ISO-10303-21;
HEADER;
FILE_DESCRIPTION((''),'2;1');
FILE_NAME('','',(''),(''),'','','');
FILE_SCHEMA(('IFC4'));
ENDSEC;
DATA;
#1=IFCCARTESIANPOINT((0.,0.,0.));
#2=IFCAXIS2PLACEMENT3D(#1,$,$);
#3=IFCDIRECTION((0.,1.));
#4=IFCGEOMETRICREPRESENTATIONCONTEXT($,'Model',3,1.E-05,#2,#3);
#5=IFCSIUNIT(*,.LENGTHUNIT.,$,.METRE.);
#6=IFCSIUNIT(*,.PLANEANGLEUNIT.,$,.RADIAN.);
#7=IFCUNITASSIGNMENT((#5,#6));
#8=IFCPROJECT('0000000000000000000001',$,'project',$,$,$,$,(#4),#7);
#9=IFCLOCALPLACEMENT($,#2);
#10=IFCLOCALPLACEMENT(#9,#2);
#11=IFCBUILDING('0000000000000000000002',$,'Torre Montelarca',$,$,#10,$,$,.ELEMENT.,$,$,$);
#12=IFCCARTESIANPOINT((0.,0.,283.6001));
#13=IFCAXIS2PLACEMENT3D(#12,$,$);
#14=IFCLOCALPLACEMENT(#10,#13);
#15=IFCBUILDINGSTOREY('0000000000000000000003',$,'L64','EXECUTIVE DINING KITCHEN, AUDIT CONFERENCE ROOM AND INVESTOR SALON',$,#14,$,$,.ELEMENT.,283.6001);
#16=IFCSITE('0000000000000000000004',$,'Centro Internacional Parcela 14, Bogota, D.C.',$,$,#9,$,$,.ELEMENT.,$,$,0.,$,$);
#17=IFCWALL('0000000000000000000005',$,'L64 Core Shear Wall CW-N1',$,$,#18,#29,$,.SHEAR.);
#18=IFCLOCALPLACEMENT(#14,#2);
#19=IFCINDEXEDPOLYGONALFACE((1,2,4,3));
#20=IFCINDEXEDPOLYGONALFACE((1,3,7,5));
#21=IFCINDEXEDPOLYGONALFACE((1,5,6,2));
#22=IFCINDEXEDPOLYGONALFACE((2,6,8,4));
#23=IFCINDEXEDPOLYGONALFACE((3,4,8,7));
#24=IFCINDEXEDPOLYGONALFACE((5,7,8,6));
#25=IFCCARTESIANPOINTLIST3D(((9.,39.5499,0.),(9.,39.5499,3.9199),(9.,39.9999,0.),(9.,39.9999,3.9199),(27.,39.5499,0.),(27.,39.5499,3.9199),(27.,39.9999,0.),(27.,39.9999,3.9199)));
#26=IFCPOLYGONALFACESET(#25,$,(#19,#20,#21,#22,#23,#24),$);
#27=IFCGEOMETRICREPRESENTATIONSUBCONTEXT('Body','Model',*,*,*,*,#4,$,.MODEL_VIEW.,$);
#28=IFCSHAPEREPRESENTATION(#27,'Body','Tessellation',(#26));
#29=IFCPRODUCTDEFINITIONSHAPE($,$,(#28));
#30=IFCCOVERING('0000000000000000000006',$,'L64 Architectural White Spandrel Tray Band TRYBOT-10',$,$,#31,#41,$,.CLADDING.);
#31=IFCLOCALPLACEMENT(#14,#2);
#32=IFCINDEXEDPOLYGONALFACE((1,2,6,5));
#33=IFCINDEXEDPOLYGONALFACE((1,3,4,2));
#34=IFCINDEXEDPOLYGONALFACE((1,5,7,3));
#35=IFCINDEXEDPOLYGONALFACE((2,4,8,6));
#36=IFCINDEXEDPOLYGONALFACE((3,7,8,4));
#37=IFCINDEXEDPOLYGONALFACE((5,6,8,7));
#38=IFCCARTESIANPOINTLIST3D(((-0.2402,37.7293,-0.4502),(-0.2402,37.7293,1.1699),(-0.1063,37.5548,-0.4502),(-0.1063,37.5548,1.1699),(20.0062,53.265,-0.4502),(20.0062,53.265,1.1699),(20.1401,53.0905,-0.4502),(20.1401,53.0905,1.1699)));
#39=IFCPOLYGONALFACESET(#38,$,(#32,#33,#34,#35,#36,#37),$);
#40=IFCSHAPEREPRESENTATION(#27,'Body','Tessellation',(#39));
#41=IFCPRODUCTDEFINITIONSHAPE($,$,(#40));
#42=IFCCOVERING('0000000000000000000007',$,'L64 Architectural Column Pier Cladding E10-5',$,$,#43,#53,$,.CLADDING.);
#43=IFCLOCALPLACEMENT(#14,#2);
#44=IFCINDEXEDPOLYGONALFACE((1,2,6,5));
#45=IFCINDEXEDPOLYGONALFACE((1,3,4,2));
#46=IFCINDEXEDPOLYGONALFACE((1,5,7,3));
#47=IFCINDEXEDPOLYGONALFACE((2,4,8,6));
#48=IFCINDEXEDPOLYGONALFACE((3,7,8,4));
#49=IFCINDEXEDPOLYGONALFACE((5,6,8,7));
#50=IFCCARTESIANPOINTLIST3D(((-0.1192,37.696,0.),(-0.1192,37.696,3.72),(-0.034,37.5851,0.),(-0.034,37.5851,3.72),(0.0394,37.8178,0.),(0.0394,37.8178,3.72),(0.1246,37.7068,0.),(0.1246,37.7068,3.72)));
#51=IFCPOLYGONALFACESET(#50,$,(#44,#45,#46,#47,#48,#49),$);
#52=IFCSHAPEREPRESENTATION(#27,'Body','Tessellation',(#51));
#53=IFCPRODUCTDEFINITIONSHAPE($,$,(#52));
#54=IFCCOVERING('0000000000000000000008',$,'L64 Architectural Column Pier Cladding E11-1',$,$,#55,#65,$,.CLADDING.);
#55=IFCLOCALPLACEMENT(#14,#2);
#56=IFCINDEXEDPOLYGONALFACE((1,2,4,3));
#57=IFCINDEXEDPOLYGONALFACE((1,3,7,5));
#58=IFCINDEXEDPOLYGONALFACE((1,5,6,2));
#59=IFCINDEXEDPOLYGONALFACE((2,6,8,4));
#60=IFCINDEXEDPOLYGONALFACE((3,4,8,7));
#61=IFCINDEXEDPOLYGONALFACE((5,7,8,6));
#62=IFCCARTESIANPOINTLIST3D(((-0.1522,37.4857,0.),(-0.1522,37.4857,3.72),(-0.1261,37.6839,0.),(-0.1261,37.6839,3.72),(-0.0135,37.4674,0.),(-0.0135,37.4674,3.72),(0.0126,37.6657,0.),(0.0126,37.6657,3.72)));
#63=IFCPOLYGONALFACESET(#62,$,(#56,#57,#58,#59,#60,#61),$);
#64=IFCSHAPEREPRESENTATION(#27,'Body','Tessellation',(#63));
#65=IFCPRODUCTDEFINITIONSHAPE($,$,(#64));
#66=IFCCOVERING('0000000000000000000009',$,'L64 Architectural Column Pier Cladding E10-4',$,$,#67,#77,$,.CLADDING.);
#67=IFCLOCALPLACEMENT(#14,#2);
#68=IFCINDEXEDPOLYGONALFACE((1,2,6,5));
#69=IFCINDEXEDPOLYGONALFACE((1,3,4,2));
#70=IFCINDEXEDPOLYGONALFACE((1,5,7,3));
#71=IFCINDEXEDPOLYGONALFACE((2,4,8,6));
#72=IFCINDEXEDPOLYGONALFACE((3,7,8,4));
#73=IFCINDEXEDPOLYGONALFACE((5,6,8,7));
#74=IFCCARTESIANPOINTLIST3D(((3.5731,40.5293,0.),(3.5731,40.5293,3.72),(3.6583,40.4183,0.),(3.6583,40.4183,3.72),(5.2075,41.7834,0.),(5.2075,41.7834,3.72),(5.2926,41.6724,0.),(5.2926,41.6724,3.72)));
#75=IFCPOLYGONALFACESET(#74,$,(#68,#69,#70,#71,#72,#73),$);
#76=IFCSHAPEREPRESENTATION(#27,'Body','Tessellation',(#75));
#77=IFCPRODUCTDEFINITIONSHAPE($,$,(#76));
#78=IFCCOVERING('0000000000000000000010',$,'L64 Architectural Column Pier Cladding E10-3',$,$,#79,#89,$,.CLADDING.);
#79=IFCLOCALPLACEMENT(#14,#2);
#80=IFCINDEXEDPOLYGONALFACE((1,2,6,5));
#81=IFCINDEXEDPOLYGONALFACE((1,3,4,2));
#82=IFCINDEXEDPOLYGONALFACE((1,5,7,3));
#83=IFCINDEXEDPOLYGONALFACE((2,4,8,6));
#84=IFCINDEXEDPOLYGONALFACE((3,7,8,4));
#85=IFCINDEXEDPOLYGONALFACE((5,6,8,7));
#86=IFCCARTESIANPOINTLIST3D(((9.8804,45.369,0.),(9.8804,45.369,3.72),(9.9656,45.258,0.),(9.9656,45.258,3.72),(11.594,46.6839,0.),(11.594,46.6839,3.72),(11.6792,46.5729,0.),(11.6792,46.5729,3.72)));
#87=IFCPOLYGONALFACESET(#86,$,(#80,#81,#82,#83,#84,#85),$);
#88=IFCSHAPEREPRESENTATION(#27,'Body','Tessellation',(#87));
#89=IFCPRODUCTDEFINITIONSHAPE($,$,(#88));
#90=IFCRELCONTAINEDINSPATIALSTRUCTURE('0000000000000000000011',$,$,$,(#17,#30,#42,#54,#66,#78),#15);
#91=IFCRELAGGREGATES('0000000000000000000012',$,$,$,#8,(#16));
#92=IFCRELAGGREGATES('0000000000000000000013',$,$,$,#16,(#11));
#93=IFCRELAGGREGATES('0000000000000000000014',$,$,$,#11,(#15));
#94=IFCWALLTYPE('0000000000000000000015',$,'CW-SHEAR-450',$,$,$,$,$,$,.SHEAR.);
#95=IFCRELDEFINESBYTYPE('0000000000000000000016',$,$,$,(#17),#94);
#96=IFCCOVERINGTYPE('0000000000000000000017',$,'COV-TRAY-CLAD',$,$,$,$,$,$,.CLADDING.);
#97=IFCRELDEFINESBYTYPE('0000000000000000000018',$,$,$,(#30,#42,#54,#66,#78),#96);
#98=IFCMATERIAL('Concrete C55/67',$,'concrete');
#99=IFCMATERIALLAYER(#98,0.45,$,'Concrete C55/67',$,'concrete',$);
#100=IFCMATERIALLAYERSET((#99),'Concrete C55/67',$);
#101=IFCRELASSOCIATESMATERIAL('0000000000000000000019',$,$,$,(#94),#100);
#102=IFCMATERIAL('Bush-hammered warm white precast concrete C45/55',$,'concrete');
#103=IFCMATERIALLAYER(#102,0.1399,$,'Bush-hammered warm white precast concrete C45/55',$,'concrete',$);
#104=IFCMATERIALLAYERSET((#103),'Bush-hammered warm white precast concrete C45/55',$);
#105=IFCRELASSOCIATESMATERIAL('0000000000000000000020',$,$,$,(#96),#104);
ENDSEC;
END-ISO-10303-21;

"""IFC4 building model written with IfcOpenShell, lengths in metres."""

from ifc_helpers import new_model, si_unit, direction, frame, frame_2d, origin, origin_2d, place, context, subcontext, project, spatial, rectangle, extrude, source, transform, mapped, material, layer, layer_set, type_object, element, save


model = new_model("IFC4")

# Units and contexts
model_context = context("Model", 3, precision=1e-05, world=origin(), true_north=direction((0.0, 1.0)))
body_context = subcontext(model_context, "Body", "Model", "MODEL_VIEW")
ifc_project = project(units=[si_unit("LENGTHUNIT", "METRE"), si_unit("PLANEANGLEUNIT", "RADIAN")], contexts=[model_context])

# Site, building, storey
site_placement = place(None, origin())
site = spatial("IfcSite", under=ifc_project, at=site_placement, Name="Centro Internacional Parcela 14, Bogota, D.C.", CompositionType="ELEMENT", RefElevation=0.0)
building_placement = place(site_placement, origin())
building = spatial("IfcBuilding", under=site, at=building_placement, Name="Torre Montelarca", CompositionType="ELEMENT")
storey_placement = place(building_placement, frame((0.0, 0.0, 283.6001)))
storey = spatial("IfcBuildingStorey", under=building, at=storey_placement, Name="L64", Description="EXECUTIVE DINING KITCHEN, AUDIT CONFERENCE ROOM AND INVESTOR SALON", CompositionType="ELEMENT", Elevation=283.6001)

# Shared definitions
ifc_material_1 = material(Name="Concrete C55/67", Category="concrete")

# Wall
ifc_layer_1 = layer(ifc_material_1, 0.45, Name="Concrete C55/67", Category="concrete")
ifc_layer_set_1 = layer_set([ifc_layer_1], Name="Concrete C55/67")
wall_type_1 = type_object("IfcWallType", Name="CW-SHEAR-450", PredefinedType="SHEAR", material=ifc_layer_set_1)
wall_1_placement = place(storey_placement, frame((9.0, 39.7749, 0.0), z_axis=(0.0, 0.0, 1.0), x_axis=(1.0, 0.0, 0.0)))
element("IfcWall", 1, at=wall_1_placement, inside=storey, type_object=wall_type_1, Name="L64 Core Shear Wall CW-N1", PredefinedType="SHEAR", context=body_context, shape_type="SweptSolid", body=[
    extrude(rectangle(XDim=18.0, YDim=0.45, at=frame_2d((9.0, 0.0))), origin(), (0.0, 0.0, 1.0), 3.9199),
])

# Coverings
ifc_material_2 = material(Name="Bush-hammered warm white precast concrete C45/55", Category="concrete")
ifc_layer_2 = layer(ifc_material_2, 0.1399, Name="Bush-hammered warm white precast concrete C45/55", Category="concrete")
ifc_layer_set_2 = layer_set([ifc_layer_2], Name="Bush-hammered warm white precast concrete C45/55")
covering_type = type_object("IfcCoveringType", Name="COV-TRAY-CLAD", PredefinedType="CLADDING", material=ifc_layer_set_2)
shared_shape_1 = source(origin(), body_context, "Body", "SweptSolid", [
    extrude(rectangle(XDim=25.52, YDim=0.22, at=origin_2d()), origin(), (0.0, 0.0, 1.0), 1.6201),
])
covering_1_placement = place(storey_placement, frame((9.95, 45.4099, -0.4502), z_axis=(0.0, 0.0, 1.0), x_axis=(-0.793352, -0.608763, 0.0)))
element("IfcCovering", 2, at=covering_1_placement, inside=storey, type_object=covering_type, Name="L64 Architectural White Spandrel Tray Band TRYBOT-10", PredefinedType="CLADDING", context=body_context, shape_type="MappedRepresentation", body=[
    mapped(shared_shape_1, transform((0.0, 0.0, 0.0), scale=1.0)),
])
shared_shape_2 = source(origin(), body_context, "Body", "SweptSolid", [
    extrude(rectangle(XDim=0.2, YDim=0.1399, at=origin_2d()), origin(), (0.0, 0.0, 1.0), 3.72),
])
for number, where, z_axis, x_axis, name in (
    (3, (0.0027, 37.7014, 0.0), (0.0, 0.0, 1.0), (-0.793351, -0.608764, 0.0), "L64 Architectural Column Pier Cladding E10-5"),
    (4, (-0.0698, 37.5757, 0.0), (0.0, 0.0, 1.0), (-0.130531, -0.991444, 0.0), "L64 Architectural Column Pier Cladding E11-1"),
):
    element("IfcCovering", number, at=place(storey_placement, frame(where, z_axis=z_axis, x_axis=x_axis)), inside=storey, type_object=covering_type, Name=name, PredefinedType="CLADDING", context=body_context, shape_type="MappedRepresentation", body=[
        mapped(shared_shape_2, transform((0.0, 0.0, 0.0), scale=1.0)),
    ])
shared_shape_3 = source(origin(), body_context, "Body", "SweptSolid", [
    extrude(rectangle(XDim=2.0601, YDim=0.1399, at=origin_2d()), origin(), (0.0, 0.0, 1.0), 3.72),
])
covering_2_placement = place(storey_placement, frame((4.4329, 41.1008, 0.0), z_axis=(0.0, 0.0, 1.0), x_axis=(-0.793351, -0.608764, 0.0)))
element("IfcCovering", 5, at=covering_2_placement, inside=storey, type_object=covering_type, Name="L64 Architectural Column Pier Cladding E10-4", PredefinedType="CLADDING", context=body_context, shape_type="MappedRepresentation", body=[
    mapped(shared_shape_3, transform((0.0, 0.0, 0.0), scale=1.0)),
])
shared_shape_4 = source(origin(), body_context, "Body", "SweptSolid", [
    extrude(rectangle(XDim=2.1599, YDim=0.1399, at=origin_2d()), origin(), (0.0, 0.0, 1.0), 3.72),
])
covering_3_placement = place(storey_placement, frame((10.7798, 45.9709, 0.0), z_axis=(0.0, 0.0, 1.0), x_axis=(-0.793351, -0.608764, 0.0)))
element("IfcCovering", 6, at=covering_3_placement, inside=storey, type_object=covering_type, Name="L64 Architectural Column Pier Cladding E10-3", PredefinedType="CLADDING", context=body_context, shape_type="MappedRepresentation", body=[
    mapped(shared_shape_4, transform((0.0, 0.0, 0.0), scale=1.0)),
])

save(model, "model.ifc")
